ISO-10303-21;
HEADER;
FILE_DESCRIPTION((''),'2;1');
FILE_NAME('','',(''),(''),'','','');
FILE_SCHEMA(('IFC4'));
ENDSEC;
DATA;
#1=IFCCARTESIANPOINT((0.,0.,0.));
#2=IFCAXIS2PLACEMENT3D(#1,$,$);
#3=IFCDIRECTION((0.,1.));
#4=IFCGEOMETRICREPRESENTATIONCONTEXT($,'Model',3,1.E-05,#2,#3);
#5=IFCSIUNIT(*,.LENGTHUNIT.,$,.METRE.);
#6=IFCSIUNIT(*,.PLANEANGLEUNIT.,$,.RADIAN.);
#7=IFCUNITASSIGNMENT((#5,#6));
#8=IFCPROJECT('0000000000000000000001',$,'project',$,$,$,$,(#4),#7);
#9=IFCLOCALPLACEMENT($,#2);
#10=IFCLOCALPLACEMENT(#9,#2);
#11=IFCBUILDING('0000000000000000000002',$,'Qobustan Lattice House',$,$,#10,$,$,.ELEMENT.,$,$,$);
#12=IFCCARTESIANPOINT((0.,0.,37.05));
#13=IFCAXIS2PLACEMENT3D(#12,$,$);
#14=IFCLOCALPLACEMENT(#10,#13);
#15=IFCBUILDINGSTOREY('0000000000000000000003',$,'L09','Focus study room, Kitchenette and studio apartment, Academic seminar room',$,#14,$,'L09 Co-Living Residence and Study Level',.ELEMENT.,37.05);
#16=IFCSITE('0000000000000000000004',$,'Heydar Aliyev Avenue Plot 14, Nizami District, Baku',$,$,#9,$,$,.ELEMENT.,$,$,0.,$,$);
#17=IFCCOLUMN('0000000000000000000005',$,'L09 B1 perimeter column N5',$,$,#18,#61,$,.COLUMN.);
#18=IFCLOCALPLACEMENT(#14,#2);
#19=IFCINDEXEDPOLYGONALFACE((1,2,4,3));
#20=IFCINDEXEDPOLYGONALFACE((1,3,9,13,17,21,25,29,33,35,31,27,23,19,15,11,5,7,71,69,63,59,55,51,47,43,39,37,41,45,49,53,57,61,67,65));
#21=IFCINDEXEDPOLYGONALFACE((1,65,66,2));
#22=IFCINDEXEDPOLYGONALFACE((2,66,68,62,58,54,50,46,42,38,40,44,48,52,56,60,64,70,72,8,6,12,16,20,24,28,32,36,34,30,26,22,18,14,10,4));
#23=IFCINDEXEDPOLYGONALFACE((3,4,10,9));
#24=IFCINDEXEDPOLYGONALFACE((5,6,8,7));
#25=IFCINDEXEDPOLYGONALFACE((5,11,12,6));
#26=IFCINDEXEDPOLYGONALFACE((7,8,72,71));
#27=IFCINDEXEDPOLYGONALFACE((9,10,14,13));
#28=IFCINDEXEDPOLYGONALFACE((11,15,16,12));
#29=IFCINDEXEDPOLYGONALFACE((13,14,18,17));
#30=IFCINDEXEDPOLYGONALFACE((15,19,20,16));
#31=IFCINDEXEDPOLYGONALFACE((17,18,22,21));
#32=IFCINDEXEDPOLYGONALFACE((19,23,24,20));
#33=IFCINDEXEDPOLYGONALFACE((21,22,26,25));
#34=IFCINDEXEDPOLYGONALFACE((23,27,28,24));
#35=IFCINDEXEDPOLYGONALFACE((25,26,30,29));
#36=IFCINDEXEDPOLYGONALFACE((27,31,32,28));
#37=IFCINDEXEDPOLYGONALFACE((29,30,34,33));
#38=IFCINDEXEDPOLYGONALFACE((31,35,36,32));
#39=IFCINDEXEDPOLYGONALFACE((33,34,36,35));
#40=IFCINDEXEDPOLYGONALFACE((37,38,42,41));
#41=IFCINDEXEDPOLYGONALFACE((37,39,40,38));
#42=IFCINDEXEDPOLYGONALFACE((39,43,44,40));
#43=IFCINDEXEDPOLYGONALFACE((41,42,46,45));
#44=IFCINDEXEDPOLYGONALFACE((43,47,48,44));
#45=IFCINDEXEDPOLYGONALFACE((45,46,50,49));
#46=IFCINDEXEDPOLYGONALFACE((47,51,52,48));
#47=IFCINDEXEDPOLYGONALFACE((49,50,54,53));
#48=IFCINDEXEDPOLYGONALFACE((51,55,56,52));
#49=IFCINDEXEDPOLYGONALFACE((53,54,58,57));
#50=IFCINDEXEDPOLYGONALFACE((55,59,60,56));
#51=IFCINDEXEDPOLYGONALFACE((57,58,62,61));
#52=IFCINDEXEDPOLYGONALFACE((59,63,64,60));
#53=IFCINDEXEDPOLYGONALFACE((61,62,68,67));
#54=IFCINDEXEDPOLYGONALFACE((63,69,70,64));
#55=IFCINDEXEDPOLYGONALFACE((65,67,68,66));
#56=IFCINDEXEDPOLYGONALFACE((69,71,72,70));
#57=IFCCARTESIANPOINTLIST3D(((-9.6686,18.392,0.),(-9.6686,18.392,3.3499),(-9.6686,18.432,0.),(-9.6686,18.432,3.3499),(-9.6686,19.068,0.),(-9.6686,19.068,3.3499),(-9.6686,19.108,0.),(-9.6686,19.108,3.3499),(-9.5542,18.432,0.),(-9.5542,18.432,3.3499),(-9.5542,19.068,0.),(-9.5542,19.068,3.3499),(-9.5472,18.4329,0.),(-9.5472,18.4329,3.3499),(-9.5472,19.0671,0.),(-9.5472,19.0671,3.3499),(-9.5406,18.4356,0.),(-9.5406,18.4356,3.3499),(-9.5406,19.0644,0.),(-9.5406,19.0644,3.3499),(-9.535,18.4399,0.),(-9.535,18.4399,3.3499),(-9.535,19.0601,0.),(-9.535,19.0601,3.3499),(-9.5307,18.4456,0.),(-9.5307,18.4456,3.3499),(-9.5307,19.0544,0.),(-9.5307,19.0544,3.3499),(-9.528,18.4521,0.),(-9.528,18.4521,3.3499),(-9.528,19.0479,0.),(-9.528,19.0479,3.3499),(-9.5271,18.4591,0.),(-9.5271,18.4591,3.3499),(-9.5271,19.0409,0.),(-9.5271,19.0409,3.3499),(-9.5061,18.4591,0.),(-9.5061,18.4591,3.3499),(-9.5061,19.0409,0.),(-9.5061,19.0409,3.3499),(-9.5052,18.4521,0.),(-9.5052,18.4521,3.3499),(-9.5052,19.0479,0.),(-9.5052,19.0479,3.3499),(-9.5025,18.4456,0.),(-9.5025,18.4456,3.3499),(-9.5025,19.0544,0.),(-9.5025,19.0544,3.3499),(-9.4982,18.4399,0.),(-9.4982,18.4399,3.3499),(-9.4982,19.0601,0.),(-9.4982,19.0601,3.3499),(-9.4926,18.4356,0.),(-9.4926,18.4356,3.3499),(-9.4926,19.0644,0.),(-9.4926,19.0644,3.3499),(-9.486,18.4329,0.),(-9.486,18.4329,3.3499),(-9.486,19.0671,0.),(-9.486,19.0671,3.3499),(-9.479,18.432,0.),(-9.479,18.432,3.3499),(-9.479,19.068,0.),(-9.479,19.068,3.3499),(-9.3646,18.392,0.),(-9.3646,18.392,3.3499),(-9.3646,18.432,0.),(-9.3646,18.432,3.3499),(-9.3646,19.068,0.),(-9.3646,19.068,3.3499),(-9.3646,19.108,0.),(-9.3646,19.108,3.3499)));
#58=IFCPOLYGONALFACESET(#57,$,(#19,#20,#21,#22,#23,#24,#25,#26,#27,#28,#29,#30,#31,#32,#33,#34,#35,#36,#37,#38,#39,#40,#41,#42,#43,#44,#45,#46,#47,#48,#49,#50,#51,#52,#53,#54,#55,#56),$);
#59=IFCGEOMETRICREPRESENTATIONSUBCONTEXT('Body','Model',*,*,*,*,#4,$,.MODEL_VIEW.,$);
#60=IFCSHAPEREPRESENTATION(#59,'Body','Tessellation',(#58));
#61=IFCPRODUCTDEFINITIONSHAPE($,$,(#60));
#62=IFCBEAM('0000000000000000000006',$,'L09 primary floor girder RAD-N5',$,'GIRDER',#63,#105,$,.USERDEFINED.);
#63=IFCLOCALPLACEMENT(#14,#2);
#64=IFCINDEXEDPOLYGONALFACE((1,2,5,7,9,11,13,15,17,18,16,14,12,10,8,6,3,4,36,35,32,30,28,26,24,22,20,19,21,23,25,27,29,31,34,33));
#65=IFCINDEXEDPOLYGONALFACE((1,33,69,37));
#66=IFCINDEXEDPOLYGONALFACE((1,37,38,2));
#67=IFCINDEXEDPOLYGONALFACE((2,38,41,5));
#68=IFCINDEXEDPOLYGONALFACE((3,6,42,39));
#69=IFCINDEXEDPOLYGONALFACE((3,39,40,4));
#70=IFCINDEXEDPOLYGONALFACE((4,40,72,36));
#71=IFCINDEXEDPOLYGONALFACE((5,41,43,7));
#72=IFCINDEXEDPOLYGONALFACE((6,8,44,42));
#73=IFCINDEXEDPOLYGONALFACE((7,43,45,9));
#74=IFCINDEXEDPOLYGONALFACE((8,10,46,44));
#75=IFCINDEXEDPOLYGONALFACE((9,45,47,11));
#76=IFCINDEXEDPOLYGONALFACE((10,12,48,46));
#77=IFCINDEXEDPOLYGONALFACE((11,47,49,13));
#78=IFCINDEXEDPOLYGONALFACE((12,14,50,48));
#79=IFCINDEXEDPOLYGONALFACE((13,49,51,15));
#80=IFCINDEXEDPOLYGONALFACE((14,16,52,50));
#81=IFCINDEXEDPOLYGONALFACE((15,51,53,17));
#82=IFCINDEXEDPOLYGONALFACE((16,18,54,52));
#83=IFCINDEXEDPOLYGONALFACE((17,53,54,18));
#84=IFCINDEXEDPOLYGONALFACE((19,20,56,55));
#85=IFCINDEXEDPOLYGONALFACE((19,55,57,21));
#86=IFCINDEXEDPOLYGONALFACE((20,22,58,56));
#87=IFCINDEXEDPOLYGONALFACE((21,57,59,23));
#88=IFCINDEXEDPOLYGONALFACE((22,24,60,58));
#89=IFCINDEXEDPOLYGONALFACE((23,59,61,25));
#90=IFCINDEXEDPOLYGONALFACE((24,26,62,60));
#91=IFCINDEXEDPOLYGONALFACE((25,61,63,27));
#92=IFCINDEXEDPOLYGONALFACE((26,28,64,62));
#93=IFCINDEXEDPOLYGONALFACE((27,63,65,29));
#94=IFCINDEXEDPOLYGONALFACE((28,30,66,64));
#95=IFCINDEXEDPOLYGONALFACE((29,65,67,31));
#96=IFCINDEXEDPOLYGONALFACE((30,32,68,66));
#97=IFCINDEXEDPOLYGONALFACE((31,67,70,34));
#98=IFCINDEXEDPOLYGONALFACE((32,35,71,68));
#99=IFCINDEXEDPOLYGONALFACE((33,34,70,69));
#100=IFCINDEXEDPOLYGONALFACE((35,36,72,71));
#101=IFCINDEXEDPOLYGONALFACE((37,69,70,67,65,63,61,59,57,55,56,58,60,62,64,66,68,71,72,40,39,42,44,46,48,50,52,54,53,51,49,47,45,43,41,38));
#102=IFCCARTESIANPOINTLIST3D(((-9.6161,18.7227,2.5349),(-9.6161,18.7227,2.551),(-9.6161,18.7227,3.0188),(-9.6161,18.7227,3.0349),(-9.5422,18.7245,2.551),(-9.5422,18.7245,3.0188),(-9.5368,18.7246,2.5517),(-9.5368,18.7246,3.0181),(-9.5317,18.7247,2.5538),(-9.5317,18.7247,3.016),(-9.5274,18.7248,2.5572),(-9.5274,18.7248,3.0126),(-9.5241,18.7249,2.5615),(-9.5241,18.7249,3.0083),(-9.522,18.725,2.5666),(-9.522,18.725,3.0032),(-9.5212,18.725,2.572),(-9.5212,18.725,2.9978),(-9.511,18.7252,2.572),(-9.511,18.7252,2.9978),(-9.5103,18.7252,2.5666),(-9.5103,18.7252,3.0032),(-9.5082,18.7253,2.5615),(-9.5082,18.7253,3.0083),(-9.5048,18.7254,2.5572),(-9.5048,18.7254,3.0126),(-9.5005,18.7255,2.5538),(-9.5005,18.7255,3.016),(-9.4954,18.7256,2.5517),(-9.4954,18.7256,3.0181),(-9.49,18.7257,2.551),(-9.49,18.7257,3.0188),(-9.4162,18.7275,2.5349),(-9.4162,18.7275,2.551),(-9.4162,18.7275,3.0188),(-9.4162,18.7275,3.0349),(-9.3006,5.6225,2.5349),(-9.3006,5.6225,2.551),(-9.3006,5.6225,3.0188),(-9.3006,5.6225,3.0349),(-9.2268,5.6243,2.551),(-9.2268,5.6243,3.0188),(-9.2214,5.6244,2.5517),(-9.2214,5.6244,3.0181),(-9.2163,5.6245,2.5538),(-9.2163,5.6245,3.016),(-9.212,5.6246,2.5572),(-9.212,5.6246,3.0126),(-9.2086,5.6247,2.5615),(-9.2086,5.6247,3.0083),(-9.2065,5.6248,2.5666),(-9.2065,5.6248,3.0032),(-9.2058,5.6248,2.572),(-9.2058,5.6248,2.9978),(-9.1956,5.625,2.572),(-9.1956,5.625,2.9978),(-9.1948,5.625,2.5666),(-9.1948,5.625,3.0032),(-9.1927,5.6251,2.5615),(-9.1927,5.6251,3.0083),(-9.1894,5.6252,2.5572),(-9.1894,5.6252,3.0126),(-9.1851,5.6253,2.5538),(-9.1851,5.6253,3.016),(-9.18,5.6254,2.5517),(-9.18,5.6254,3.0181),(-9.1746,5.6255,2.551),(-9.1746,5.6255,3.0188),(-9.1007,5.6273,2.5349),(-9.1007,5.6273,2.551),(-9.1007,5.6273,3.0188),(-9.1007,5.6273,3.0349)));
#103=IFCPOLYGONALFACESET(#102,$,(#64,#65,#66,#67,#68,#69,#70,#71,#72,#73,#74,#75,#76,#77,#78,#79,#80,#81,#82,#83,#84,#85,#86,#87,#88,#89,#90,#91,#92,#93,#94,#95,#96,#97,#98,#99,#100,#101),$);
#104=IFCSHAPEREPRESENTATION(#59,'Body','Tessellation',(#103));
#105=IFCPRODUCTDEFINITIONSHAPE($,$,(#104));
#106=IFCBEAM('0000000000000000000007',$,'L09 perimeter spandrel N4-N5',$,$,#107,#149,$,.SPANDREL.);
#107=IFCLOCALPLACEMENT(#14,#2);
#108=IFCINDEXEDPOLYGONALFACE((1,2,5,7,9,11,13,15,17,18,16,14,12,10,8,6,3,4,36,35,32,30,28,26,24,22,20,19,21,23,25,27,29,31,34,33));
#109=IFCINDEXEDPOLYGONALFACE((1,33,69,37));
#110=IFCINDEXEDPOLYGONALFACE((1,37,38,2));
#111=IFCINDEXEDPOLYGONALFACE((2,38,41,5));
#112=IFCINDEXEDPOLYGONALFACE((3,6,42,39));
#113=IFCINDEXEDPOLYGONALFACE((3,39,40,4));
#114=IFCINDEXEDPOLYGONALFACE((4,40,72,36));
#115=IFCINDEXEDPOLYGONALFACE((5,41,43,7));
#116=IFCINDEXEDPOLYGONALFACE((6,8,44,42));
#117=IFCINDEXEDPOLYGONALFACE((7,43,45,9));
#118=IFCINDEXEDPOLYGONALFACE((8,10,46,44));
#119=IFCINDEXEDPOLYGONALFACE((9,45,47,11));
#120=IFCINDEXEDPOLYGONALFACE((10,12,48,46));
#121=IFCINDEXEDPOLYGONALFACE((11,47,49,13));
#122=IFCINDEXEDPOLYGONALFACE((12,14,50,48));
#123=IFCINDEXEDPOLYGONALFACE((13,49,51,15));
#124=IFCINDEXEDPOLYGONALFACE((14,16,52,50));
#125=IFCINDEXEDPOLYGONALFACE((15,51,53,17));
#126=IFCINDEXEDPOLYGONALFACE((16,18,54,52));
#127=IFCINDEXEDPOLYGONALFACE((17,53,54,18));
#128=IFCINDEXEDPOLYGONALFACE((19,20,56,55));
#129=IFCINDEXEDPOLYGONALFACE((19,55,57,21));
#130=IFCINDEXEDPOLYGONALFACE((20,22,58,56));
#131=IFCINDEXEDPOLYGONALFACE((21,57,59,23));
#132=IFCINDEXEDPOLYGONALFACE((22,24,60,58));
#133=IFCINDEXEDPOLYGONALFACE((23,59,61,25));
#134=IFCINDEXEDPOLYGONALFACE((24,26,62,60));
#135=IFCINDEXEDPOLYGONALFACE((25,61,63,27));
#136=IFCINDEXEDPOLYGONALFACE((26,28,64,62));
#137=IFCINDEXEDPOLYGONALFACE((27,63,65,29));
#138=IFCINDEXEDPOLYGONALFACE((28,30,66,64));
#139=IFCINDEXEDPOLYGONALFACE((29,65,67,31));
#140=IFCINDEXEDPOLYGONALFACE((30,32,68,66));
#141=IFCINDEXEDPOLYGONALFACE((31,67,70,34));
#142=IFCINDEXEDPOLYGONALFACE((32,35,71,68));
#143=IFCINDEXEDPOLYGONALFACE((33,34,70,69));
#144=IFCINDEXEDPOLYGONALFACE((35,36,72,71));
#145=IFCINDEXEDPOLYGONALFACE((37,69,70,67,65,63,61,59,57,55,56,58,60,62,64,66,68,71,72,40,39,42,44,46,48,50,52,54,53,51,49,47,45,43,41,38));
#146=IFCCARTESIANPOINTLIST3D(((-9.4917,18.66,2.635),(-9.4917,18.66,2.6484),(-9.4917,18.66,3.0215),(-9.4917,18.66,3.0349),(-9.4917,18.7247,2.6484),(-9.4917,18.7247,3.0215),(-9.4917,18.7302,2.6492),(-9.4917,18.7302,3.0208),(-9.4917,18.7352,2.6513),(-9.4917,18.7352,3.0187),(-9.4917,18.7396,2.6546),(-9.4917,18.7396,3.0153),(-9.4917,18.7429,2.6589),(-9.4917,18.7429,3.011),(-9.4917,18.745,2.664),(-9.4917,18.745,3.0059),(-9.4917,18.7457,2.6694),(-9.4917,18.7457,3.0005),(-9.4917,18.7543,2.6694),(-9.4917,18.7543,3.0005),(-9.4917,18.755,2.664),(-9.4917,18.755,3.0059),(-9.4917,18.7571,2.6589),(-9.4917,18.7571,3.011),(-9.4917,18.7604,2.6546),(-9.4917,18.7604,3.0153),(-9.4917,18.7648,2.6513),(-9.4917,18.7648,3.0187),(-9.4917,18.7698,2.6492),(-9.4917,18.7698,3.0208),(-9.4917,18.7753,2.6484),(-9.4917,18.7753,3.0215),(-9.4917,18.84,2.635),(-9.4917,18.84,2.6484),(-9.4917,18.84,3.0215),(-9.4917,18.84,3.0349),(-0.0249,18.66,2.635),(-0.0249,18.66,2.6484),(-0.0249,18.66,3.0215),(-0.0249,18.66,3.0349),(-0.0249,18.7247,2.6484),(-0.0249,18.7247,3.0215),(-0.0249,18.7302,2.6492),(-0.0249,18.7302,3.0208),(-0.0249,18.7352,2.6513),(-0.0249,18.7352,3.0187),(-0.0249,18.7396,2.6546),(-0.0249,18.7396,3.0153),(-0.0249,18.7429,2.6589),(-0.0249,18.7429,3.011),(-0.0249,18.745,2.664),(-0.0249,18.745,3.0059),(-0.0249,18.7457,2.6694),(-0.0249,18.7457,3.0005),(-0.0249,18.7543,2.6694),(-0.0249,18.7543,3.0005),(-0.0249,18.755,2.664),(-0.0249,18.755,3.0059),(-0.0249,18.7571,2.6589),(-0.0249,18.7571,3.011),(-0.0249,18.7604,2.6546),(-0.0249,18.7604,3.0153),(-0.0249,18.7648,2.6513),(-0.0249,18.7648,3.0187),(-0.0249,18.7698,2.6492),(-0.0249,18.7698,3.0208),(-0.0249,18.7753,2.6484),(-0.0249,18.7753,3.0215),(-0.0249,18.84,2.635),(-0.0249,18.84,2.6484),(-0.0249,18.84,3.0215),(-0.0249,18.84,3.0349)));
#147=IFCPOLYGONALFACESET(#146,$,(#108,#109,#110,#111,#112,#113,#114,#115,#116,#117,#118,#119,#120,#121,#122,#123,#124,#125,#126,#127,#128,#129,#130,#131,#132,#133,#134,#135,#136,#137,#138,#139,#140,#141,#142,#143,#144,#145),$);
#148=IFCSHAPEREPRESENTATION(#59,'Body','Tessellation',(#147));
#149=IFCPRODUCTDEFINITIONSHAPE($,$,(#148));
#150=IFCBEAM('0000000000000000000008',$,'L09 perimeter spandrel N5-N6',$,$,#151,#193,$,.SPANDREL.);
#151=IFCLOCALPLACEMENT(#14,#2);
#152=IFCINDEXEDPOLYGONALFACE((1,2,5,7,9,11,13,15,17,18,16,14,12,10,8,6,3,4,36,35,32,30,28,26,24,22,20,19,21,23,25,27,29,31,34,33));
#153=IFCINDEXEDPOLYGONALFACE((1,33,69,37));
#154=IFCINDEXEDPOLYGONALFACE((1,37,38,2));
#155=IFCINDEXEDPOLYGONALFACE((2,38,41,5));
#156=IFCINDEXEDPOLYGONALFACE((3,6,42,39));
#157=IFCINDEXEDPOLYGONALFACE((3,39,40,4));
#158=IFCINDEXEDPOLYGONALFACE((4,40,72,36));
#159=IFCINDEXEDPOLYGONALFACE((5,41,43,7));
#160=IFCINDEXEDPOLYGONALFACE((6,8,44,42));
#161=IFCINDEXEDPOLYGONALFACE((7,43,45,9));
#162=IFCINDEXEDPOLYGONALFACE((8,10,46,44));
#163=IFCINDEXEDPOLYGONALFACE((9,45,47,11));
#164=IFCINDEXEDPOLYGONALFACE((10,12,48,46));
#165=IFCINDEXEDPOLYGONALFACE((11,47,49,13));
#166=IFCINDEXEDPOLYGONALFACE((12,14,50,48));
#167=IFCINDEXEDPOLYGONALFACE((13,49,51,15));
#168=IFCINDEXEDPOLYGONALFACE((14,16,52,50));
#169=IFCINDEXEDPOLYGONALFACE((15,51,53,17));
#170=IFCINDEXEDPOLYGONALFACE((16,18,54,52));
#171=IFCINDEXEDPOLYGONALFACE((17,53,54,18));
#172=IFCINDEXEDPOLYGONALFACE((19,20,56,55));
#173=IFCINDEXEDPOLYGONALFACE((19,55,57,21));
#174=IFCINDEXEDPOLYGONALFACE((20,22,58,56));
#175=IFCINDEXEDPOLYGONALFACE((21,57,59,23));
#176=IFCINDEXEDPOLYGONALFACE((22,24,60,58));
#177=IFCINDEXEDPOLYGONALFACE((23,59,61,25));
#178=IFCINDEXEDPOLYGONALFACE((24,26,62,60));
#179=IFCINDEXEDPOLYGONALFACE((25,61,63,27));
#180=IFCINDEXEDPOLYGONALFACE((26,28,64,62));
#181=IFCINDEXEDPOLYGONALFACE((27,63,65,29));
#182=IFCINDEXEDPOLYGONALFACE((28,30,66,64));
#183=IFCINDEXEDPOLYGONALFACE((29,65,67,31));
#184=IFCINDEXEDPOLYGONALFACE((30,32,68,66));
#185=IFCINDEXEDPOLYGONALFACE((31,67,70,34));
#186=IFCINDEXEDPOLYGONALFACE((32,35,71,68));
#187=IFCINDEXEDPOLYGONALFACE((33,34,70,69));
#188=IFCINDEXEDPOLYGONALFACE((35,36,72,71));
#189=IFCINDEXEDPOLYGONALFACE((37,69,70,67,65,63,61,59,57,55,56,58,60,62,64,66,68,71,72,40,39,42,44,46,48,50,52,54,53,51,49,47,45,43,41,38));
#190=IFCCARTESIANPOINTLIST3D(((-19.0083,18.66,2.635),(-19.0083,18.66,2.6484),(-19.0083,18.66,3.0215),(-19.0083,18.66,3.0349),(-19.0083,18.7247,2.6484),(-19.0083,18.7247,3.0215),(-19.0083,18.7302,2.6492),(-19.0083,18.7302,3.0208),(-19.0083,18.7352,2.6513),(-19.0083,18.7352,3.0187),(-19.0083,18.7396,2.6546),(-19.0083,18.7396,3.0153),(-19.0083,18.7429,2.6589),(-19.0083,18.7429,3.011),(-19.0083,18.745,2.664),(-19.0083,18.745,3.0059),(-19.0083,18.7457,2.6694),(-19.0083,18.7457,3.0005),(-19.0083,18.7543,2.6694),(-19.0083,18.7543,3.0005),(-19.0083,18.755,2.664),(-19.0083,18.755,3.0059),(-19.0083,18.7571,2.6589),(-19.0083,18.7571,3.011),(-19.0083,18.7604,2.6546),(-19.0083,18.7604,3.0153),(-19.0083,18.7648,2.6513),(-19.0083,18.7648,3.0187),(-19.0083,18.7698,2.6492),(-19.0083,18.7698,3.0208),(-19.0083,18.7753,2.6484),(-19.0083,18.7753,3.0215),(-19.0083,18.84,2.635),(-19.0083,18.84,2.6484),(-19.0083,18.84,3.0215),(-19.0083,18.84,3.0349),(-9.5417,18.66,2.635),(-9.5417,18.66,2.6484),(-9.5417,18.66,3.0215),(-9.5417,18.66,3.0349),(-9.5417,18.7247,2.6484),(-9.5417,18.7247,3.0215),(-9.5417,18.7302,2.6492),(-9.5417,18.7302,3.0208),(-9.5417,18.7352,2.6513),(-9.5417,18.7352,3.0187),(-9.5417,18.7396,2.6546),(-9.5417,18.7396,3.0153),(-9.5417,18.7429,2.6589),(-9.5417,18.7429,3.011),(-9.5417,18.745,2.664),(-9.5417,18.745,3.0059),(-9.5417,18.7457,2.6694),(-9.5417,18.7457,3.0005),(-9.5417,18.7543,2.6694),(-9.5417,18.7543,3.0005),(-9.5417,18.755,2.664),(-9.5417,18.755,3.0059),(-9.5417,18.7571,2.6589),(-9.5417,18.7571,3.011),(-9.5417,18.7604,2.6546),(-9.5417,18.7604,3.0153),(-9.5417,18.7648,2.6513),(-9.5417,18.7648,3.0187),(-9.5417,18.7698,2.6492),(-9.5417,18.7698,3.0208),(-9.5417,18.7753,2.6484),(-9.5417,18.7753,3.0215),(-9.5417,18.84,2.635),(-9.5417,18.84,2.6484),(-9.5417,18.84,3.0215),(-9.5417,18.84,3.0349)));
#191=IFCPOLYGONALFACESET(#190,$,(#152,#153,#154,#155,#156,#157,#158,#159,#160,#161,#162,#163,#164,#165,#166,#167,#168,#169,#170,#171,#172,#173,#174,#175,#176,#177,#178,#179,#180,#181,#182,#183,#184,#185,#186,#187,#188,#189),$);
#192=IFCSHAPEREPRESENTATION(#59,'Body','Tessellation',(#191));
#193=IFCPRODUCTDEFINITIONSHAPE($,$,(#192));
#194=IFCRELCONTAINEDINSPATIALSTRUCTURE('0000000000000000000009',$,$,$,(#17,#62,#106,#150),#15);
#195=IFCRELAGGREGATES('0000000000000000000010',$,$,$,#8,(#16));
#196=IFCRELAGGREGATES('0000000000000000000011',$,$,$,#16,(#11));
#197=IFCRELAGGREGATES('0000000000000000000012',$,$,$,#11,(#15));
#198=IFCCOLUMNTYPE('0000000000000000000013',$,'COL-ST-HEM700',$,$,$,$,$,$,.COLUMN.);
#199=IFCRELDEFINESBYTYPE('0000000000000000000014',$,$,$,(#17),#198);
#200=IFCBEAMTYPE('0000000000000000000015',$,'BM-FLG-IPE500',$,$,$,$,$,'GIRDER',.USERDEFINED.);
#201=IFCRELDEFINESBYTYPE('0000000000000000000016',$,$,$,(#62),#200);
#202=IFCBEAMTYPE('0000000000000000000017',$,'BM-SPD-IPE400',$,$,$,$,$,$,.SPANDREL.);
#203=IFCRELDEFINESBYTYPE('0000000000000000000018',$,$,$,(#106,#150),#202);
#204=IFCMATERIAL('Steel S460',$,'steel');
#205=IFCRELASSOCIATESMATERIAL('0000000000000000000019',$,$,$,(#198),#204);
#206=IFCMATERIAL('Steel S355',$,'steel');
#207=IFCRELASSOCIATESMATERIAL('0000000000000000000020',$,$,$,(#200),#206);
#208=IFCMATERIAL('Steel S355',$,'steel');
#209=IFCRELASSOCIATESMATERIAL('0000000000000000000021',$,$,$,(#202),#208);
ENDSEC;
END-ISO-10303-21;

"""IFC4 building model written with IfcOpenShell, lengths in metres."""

from ifc_helpers import new_model, si_unit, direction, frame, origin, origin_2d, place, context, subcontext, project, spatial, i_section, extrude, material, material_profile, profile_set, type_object, element, save


model = new_model("IFC4")

# Units and contexts
model_context = context("Model", 3, precision=1e-05, world=origin(), true_north=direction((0.0, 1.0)))
body_context = subcontext(model_context, "Body", "Model", "MODEL_VIEW")
ifc_project = project(units=[si_unit("LENGTHUNIT", "METRE"), si_unit("PLANEANGLEUNIT", "RADIAN")], contexts=[model_context])

# Site, building, storey
site_placement = place(None, origin())
site = spatial("IfcSite", under=ifc_project, at=site_placement, Name="Heydar Aliyev Avenue Plot 14, Nizami District, Baku", CompositionType="ELEMENT", RefElevation=0.0)
building_placement = place(site_placement, origin())
building = spatial("IfcBuilding", under=site, at=building_placement, Name="Qobustan Lattice House", CompositionType="ELEMENT")
storey_placement = place(building_placement, frame((0.0, 0.0, 37.05)))
storey = spatial("IfcBuildingStorey", under=building, at=storey_placement, Name="L09", Description="Focus study room, Kitchenette and studio apartment, Academic seminar room", LongName="L09 Co-Living Residence and Study Level", CompositionType="ELEMENT", Elevation=37.05)

# Column
ifc_material_1 = material(Name="Steel S460", Category="steel")
ifc_material_profile_1 = material_profile(ifc_material_1, i_section(OverallWidth=0.304, OverallDepth=0.7161, WebThickness=0.021, FlangeThickness=0.04, FilletRadius=0.0271, at=origin_2d()), Name="HEM700")
ifc_profile_set_1 = profile_set([ifc_material_profile_1], Name="Steel S460")
column_type = type_object("IfcColumnType", Name="COL-ST-HEM700", PredefinedType="COLUMN", material=ifc_profile_set_1)
column_placement = place(storey_placement, frame((-9.5166, 18.75, 0.0), z_axis=(0.0, 0.0, 1.0), x_axis=(1.0, 0.0, 0.0)))
element("IfcColumn", 1, at=column_placement, inside=storey, type_object=column_type, Name="L09 B1 perimeter column N5", PredefinedType="COLUMN", context=body_context, shape_type="SweptSolid", body=[
    extrude(i_section(OverallWidth=0.304, OverallDepth=0.7161, WebThickness=0.021, FlangeThickness=0.04, FilletRadius=0.0271, at=origin_2d()), origin(), (0.0, 0.0, 1.0), 3.3499),
])

# Beams
ifc_material_2 = material(Name="Steel S355", Category="steel")
ifc_material_profile_2 = material_profile(ifc_material_2, i_section(OverallWidth=0.2, OverallDepth=0.5, WebThickness=0.0103, FlangeThickness=0.0161, FilletRadius=0.021, at=origin_2d()), Name="IPE500")
ifc_profile_set_2 = profile_set([ifc_material_profile_2], Name="Steel S355")
beam_type_1 = type_object("IfcBeamType", Name="BM-FLG-IPE500", ElementType="GIRDER", PredefinedType="USERDEFINED", material=ifc_profile_set_2)
beam_1_placement = place(storey_placement, frame((-9.5161, 18.7251, 2.7849), z_axis=(0.024071, -0.99971, 0.0), x_axis=(0.99971, 0.024071, 0.0)))
element("IfcBeam", 2, at=beam_1_placement, inside=storey, type_object=beam_type_1, Name="L09 primary floor girder RAD-N5", ObjectType="GIRDER", PredefinedType="USERDEFINED", context=body_context, shape_type="SweptSolid", body=[
    extrude(i_section(OverallWidth=0.2, OverallDepth=0.5, WebThickness=0.0103, FlangeThickness=0.0161, FilletRadius=0.021, at=origin_2d()), origin(), (0.0, 0.0, 1.0), 13.104),
])
ifc_material_3 = material(Name="Steel S355", Category="steel")
ifc_material_profile_3 = material_profile(ifc_material_3, i_section(OverallWidth=0.1799, OverallDepth=0.3999, WebThickness=0.0085, FlangeThickness=0.0134, FilletRadius=0.021, at=origin_2d()), Name="IPE400")
ifc_profile_set_3 = profile_set([ifc_material_profile_3], Name="Steel S355")
beam_type_2 = type_object("IfcBeamType", Name="BM-SPD-IPE400", PredefinedType="SPANDREL", material=ifc_profile_set_3)
beam_2_placement = place(storey_placement, frame((-0.0249, 18.75, 2.835), z_axis=(-1.0, 0.0, 0.0), x_axis=(0.0, -1.0, 0.0)))
element("IfcBeam", 3, at=beam_2_placement, inside=storey, type_object=beam_type_2, Name="L09 perimeter spandrel N4-N5", PredefinedType="SPANDREL", context=body_context, shape_type="SweptSolid", body=[
    extrude(i_section(OverallWidth=0.1799, OverallDepth=0.3999, WebThickness=0.0085, FlangeThickness=0.0134, FilletRadius=0.021, at=origin_2d()), origin(), (0.0, 0.0, 1.0), 9.4668),
])
beam_3_placement = place(storey_placement, frame((-9.5417, 18.75, 2.835), z_axis=(-1.0, 0.0, 0.0), x_axis=(0.0, -1.0, 0.0)))
element("IfcBeam", 4, at=beam_3_placement, inside=storey, type_object=beam_type_2, Name="L09 perimeter spandrel N5-N6", PredefinedType="SPANDREL", context=body_context, shape_type="SweptSolid", body=[
    extrude(i_section(OverallWidth=0.1799, OverallDepth=0.3999, WebThickness=0.0085, FlangeThickness=0.0134, FilletRadius=0.021, at=origin_2d()), origin(), (0.0, 0.0, 1.0), 9.4666),
])

save(model, "model.ifc")
